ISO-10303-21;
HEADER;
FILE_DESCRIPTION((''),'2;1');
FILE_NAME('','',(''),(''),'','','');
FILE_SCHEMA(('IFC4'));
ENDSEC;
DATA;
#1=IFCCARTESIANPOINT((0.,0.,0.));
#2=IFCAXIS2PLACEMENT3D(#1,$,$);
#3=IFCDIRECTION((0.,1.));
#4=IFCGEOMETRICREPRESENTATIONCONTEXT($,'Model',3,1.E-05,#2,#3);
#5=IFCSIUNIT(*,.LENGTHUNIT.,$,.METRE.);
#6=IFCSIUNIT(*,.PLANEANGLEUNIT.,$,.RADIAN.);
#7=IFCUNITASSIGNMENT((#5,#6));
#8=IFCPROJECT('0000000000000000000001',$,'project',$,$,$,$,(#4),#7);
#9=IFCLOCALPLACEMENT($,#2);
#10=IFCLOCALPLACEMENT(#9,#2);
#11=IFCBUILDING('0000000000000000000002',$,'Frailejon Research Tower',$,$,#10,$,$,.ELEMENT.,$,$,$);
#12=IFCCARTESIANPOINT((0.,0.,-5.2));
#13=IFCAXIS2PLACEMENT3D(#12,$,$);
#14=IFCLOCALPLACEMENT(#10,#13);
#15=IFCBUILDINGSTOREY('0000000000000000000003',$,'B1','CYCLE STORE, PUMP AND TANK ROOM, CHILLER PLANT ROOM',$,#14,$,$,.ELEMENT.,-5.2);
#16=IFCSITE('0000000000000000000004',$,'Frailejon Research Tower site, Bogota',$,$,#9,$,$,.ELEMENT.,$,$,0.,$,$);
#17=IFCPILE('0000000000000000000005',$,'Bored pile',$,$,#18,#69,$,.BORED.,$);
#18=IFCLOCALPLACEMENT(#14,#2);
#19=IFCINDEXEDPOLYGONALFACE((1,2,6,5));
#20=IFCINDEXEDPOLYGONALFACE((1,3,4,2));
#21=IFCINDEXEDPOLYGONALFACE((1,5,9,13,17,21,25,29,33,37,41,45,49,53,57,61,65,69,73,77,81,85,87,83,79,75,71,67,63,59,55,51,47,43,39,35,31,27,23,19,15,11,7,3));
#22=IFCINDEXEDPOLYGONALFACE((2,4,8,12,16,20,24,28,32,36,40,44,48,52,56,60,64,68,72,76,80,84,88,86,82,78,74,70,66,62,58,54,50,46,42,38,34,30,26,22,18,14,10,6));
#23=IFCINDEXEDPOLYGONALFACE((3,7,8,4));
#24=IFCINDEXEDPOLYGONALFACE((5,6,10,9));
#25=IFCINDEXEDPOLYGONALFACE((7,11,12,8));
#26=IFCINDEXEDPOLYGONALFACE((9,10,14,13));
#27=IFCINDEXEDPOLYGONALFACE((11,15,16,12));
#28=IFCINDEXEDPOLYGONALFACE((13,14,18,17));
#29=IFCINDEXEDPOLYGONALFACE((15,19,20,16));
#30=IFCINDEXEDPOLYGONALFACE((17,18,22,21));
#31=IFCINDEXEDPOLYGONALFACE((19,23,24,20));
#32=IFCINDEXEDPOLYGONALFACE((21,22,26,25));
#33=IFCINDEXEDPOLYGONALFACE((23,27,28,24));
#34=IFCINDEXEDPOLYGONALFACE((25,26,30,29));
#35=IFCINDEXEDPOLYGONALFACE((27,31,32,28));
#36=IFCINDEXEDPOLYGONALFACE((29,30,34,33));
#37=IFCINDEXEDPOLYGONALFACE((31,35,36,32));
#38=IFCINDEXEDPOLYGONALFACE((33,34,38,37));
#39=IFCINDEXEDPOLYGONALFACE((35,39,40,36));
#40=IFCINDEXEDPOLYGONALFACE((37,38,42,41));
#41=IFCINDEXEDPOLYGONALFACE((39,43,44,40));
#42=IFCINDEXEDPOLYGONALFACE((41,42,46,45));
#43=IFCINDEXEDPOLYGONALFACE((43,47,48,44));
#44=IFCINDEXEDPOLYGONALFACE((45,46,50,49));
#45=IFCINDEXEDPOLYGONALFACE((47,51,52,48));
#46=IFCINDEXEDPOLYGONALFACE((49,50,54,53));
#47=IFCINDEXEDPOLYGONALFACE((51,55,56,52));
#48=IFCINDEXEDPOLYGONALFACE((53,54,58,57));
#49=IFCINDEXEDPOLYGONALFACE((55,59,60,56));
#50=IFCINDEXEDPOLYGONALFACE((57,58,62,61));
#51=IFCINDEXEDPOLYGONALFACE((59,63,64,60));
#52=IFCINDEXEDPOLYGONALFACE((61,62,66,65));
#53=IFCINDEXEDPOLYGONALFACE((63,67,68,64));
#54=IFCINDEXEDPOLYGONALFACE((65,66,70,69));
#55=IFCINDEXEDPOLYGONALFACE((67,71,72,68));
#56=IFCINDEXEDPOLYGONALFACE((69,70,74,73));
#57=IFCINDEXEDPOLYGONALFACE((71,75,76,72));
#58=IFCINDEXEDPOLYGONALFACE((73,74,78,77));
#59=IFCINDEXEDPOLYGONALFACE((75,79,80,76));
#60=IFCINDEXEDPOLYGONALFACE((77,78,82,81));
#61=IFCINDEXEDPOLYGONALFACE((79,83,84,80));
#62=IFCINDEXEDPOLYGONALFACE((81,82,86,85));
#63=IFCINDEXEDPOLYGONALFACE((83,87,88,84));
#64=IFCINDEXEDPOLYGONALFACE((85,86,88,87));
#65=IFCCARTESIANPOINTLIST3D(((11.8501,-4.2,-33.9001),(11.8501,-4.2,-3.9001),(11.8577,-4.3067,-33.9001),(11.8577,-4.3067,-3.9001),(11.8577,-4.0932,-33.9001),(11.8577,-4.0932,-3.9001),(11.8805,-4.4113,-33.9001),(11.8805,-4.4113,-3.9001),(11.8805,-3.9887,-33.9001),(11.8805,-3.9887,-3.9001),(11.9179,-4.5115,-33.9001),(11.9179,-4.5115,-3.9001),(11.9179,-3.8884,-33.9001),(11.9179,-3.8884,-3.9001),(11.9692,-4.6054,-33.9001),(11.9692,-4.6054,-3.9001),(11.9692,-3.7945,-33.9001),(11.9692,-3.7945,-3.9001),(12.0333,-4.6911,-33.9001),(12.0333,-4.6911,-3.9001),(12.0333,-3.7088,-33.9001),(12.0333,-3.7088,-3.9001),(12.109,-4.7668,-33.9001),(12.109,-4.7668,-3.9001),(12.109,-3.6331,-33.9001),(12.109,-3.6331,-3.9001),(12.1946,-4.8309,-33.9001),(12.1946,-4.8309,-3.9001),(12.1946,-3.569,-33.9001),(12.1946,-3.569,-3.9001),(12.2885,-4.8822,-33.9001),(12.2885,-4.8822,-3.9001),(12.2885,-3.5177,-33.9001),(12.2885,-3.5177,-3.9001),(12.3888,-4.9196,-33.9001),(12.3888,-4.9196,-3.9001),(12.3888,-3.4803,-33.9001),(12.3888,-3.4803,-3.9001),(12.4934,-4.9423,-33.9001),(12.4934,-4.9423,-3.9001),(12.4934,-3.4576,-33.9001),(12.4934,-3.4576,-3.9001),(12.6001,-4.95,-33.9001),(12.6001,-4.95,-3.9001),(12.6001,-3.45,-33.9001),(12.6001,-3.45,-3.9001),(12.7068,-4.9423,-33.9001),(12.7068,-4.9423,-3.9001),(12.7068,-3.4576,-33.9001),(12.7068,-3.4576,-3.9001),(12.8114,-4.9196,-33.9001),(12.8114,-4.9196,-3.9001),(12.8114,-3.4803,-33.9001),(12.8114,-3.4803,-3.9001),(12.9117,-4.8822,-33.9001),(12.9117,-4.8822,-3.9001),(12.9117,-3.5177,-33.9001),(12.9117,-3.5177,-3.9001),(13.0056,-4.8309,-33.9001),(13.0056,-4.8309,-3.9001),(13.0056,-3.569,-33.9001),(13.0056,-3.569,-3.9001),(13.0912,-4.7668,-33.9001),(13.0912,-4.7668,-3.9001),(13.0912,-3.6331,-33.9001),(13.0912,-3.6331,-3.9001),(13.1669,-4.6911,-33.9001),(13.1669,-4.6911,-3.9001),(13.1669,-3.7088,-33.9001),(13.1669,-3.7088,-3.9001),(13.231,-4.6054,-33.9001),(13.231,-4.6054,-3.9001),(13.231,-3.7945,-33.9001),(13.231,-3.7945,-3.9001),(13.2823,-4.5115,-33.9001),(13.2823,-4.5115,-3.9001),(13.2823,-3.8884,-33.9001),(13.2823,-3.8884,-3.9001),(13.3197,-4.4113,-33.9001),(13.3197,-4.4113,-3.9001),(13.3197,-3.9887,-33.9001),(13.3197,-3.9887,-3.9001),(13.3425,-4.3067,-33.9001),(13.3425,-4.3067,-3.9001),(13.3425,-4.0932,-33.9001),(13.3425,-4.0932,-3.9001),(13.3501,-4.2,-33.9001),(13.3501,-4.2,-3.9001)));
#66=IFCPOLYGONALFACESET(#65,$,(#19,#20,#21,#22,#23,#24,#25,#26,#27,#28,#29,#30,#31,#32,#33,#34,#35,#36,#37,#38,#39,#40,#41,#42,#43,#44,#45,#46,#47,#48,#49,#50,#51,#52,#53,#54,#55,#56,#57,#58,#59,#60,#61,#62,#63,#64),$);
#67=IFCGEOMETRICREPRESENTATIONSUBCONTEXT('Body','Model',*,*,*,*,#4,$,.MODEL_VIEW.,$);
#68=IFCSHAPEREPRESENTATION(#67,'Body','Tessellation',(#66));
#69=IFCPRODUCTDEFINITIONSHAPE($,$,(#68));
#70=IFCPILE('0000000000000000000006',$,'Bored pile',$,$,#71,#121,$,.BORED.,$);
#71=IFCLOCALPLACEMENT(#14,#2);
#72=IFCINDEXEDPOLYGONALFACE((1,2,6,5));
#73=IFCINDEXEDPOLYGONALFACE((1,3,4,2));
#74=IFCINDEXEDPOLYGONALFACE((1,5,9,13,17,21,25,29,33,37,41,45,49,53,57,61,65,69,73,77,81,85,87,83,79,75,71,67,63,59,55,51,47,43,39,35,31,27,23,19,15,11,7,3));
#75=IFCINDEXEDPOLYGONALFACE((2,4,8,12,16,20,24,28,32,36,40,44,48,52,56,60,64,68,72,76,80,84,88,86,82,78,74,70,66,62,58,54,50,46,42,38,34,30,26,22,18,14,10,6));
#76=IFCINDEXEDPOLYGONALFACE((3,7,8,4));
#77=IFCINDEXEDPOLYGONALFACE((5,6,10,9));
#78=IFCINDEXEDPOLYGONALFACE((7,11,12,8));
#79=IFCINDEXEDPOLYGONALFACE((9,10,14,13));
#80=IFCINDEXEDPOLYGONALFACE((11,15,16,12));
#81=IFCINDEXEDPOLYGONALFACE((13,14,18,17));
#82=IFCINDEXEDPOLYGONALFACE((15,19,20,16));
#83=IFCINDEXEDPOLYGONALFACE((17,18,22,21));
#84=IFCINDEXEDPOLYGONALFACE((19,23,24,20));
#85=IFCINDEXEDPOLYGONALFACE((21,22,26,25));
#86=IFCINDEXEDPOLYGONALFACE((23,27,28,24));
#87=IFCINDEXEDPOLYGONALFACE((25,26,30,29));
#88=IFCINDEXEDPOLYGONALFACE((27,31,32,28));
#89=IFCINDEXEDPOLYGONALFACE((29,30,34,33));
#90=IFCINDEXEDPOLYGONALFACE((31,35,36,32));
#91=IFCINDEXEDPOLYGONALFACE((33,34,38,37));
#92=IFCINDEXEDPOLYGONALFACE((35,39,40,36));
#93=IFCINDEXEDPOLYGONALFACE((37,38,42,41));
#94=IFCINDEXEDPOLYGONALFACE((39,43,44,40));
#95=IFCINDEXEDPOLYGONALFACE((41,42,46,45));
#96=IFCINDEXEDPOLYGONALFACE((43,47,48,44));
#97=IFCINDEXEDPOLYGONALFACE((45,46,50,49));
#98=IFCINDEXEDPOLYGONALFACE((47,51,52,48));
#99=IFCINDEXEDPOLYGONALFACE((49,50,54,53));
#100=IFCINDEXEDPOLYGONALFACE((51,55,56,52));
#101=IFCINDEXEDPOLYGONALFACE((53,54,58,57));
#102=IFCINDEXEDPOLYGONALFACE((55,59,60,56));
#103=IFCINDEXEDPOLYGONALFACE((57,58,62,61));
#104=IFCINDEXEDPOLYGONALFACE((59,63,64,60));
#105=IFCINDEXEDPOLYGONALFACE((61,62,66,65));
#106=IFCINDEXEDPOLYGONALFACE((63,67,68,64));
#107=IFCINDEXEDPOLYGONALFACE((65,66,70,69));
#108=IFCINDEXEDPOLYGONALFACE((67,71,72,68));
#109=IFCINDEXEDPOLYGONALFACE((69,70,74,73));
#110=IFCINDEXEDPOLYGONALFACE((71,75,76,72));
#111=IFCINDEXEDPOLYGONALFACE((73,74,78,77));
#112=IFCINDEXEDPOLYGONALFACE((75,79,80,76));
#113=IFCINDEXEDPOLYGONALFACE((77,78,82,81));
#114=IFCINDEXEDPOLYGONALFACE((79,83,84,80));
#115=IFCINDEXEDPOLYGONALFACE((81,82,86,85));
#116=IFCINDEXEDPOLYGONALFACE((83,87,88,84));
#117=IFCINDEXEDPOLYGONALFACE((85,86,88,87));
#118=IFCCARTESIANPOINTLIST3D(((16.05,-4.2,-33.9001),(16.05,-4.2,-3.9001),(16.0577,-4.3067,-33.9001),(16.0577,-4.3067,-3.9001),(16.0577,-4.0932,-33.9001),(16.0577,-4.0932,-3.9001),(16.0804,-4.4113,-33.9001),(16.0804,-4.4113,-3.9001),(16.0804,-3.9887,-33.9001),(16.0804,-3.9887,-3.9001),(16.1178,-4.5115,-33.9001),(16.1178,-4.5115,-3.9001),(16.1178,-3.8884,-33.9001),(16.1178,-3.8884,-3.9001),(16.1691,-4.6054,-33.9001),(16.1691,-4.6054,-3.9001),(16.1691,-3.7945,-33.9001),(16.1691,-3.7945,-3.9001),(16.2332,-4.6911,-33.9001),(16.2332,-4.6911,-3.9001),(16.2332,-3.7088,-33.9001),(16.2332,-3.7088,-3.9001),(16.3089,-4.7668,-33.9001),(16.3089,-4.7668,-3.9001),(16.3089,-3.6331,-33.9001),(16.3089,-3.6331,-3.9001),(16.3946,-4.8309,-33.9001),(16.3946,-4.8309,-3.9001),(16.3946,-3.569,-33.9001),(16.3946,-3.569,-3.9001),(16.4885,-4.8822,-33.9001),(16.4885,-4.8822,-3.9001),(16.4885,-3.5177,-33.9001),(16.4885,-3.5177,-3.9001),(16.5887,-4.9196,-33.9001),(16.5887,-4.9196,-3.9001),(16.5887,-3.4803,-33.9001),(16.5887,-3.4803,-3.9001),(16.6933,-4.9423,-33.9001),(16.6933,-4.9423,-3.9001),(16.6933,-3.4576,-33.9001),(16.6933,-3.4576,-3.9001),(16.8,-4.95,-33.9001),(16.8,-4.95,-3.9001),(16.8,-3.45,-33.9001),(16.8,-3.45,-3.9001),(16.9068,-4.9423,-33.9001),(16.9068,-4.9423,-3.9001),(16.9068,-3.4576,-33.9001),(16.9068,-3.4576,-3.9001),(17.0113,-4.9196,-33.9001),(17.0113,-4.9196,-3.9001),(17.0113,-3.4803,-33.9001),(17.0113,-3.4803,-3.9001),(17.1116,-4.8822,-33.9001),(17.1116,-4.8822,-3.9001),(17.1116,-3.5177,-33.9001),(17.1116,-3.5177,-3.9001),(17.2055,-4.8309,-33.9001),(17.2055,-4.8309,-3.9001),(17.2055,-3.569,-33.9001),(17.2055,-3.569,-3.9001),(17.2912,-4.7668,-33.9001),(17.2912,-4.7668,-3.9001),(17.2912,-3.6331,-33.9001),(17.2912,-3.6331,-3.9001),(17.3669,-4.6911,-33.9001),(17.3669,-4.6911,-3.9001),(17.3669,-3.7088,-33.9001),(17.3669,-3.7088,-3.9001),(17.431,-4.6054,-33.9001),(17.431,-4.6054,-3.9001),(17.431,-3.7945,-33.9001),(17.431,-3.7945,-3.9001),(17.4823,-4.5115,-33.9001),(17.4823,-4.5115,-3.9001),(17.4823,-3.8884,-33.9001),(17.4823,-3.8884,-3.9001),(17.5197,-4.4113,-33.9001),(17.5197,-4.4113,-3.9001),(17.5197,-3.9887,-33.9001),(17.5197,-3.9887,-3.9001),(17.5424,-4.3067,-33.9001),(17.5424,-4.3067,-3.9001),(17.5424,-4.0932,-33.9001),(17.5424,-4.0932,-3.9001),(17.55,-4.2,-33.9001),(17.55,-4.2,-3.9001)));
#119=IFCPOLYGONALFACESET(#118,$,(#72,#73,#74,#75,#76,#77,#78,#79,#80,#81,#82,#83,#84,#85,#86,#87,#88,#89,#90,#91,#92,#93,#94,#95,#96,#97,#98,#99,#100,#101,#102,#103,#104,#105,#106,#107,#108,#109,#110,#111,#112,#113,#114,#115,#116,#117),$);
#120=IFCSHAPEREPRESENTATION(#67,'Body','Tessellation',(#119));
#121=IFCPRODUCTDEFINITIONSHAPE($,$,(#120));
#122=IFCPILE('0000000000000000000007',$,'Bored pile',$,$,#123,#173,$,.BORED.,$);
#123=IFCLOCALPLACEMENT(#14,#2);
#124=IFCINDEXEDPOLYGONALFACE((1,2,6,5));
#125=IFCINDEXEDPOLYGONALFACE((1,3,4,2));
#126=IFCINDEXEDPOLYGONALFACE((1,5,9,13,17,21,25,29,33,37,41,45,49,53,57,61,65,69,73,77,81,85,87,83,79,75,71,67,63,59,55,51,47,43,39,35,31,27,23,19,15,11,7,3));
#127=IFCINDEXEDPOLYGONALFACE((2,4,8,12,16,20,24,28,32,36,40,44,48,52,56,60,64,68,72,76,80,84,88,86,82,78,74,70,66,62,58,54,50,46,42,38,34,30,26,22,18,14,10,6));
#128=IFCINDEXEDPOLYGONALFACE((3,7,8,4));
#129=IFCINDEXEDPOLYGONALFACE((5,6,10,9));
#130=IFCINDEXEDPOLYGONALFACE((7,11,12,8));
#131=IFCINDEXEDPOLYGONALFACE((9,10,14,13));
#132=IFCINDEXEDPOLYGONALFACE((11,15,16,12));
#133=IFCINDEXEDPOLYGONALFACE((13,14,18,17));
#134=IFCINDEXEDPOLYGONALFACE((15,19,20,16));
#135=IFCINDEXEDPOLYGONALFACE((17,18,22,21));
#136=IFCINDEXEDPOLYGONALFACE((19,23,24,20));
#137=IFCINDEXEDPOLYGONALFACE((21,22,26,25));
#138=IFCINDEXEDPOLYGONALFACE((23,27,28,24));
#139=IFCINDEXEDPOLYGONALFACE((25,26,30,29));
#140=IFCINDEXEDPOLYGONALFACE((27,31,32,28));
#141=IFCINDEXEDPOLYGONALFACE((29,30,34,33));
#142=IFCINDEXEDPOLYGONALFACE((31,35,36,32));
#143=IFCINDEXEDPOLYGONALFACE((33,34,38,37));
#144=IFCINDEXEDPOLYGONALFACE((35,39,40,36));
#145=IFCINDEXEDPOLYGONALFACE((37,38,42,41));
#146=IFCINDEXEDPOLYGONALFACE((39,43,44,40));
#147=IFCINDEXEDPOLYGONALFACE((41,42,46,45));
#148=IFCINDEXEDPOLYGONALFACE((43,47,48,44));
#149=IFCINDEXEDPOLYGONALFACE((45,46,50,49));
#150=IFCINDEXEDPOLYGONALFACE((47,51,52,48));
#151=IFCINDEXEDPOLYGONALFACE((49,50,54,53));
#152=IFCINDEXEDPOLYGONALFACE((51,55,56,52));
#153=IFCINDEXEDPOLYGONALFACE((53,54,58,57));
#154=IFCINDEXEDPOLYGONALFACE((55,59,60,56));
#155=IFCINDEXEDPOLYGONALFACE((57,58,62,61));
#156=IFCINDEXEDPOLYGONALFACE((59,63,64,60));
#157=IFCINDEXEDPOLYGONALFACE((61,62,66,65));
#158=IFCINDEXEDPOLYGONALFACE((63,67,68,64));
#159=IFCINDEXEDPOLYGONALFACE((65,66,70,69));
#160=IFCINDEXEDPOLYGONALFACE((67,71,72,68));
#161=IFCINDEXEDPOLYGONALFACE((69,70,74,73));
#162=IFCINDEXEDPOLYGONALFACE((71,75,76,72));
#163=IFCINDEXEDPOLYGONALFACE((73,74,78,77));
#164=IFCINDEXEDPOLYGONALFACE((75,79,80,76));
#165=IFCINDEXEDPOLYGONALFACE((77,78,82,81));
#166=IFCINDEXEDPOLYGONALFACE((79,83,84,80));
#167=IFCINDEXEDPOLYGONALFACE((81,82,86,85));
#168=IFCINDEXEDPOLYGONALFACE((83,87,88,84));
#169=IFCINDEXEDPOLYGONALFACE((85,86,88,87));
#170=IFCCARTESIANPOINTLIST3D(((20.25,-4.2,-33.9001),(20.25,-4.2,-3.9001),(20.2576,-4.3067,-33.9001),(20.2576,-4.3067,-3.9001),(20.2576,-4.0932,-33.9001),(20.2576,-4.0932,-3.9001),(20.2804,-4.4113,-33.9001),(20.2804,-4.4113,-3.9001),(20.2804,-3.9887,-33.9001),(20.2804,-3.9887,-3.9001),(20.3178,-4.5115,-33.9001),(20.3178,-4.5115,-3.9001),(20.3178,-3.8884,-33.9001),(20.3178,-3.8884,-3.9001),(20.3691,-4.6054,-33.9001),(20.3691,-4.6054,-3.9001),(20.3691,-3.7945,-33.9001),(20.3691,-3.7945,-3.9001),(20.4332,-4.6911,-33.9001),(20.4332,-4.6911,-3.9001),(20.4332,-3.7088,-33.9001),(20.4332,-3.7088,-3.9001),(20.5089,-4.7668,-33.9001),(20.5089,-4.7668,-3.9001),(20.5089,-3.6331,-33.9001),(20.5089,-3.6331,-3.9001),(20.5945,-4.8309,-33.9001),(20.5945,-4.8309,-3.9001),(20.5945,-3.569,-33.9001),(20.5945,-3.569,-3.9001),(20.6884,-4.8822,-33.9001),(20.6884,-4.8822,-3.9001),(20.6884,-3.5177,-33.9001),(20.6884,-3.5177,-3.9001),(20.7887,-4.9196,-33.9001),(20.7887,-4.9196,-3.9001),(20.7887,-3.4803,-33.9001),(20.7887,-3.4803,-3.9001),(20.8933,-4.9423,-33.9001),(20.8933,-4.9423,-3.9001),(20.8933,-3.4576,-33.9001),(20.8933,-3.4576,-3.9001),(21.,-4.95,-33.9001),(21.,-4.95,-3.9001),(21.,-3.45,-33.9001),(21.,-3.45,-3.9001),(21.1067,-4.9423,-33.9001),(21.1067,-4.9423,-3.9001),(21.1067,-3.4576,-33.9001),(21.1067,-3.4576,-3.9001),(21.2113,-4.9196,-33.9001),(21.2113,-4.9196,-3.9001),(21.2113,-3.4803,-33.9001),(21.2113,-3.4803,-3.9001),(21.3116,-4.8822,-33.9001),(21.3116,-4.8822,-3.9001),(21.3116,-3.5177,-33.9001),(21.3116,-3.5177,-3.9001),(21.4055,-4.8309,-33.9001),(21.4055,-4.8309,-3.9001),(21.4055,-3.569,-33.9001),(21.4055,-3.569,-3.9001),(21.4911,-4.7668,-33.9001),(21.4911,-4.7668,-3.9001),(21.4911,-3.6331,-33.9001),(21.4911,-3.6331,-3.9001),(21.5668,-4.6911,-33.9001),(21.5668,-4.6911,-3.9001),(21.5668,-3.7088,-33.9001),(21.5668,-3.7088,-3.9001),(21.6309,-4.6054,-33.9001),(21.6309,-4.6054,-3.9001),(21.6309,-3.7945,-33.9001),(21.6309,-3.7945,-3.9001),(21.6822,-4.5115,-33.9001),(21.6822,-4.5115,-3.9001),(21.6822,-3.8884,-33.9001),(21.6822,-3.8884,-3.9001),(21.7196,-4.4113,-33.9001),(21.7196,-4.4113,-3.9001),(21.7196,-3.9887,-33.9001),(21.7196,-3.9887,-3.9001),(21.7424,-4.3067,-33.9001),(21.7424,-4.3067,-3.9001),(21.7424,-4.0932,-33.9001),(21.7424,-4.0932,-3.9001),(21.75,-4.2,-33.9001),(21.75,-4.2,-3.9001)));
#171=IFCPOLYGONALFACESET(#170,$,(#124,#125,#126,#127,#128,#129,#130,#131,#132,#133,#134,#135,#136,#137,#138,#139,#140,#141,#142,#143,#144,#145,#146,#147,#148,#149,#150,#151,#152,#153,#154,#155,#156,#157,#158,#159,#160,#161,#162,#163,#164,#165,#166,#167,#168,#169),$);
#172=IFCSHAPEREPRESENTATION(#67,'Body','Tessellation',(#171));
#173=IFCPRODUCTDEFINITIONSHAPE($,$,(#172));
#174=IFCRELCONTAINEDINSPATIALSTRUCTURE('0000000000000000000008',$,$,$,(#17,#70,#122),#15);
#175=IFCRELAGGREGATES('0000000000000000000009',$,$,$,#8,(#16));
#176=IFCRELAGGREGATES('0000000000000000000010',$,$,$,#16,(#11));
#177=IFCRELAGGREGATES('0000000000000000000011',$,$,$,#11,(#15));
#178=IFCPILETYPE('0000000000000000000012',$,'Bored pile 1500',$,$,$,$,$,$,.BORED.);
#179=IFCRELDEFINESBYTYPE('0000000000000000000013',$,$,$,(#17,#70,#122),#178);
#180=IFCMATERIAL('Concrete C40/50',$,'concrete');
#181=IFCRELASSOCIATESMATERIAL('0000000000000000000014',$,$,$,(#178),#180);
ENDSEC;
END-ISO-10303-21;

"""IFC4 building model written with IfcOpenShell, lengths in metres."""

from ifc_helpers import new_model, si_unit, direction, frame, origin, origin_2d, place, context, subcontext, project, spatial, circle, extrude, material, material_profile, profile_set, type_object, element, save


model = new_model("IFC4")

# Units and contexts
model_context = context("Model", 3, precision=1e-05, world=origin(), true_north=direction((0.0, 1.0)))
body_context = subcontext(model_context, "Body", "Model", "MODEL_VIEW")
ifc_project = project(units=[si_unit("LENGTHUNIT", "METRE"), si_unit("PLANEANGLEUNIT", "RADIAN")], contexts=[model_context])

# Site, building, storey
site_placement = place(None, origin())
site = spatial("IfcSite", under=ifc_project, at=site_placement, Name="Frailejon Research Tower site, Bogota", CompositionType="ELEMENT", RefElevation=0.0)
building_placement = place(site_placement, origin())
building = spatial("IfcBuilding", under=site, at=building_placement, Name="Frailejon Research Tower", CompositionType="ELEMENT")
storey_placement = place(building_placement, frame((0.0, 0.0, -5.2)))
storey = spatial("IfcBuildingStorey", under=building, at=storey_placement, Name="B1", Description="CYCLE STORE, PUMP AND TANK ROOM, CHILLER PLANT ROOM", CompositionType="ELEMENT", Elevation=-5.2)

# Piles
ifc_material_1 = material(Name="Concrete C40/50", Category="concrete")
ifc_material_profile_1 = material_profile(ifc_material_1, circle(Radius=0.75, at=origin_2d()), Name="Bored pile 1500")
ifc_profile_set_1 = profile_set([ifc_material_profile_1], Name="Concrete C40/50")
pile_type = type_object("IfcPileType", Name="Bored pile 1500", PredefinedType="BORED", material=ifc_profile_set_1)
for number, where, z_axis, x_axis, name in (
    (1, (12.6001, -4.2, -3.9001), (0.0, 0.0, -1.0), (1.0, 0.0, 0.0), "Bored pile"),
    (2, (16.8, -4.2, -3.9001), (0.0, 0.0, -1.0), (1.0, 0.0, 0.0), "Bored pile"),
    (3, (21.0, -4.2, -3.9001), (0.0, 0.0, -1.0), (1.0, 0.0, 0.0), "Bored pile"),
):
    element("IfcPile", number, at=place(storey_placement, frame(where, z_axis=z_axis, x_axis=x_axis)), inside=storey, type_object=pile_type, Name=name, PredefinedType="BORED", context=body_context, shape_type="SweptSolid", body=[
        extrude(circle(Radius=0.75, at=origin_2d()), origin(), (0.0, 0.0, 1.0), 30.0),
    ])

save(model, "model.ifc")
